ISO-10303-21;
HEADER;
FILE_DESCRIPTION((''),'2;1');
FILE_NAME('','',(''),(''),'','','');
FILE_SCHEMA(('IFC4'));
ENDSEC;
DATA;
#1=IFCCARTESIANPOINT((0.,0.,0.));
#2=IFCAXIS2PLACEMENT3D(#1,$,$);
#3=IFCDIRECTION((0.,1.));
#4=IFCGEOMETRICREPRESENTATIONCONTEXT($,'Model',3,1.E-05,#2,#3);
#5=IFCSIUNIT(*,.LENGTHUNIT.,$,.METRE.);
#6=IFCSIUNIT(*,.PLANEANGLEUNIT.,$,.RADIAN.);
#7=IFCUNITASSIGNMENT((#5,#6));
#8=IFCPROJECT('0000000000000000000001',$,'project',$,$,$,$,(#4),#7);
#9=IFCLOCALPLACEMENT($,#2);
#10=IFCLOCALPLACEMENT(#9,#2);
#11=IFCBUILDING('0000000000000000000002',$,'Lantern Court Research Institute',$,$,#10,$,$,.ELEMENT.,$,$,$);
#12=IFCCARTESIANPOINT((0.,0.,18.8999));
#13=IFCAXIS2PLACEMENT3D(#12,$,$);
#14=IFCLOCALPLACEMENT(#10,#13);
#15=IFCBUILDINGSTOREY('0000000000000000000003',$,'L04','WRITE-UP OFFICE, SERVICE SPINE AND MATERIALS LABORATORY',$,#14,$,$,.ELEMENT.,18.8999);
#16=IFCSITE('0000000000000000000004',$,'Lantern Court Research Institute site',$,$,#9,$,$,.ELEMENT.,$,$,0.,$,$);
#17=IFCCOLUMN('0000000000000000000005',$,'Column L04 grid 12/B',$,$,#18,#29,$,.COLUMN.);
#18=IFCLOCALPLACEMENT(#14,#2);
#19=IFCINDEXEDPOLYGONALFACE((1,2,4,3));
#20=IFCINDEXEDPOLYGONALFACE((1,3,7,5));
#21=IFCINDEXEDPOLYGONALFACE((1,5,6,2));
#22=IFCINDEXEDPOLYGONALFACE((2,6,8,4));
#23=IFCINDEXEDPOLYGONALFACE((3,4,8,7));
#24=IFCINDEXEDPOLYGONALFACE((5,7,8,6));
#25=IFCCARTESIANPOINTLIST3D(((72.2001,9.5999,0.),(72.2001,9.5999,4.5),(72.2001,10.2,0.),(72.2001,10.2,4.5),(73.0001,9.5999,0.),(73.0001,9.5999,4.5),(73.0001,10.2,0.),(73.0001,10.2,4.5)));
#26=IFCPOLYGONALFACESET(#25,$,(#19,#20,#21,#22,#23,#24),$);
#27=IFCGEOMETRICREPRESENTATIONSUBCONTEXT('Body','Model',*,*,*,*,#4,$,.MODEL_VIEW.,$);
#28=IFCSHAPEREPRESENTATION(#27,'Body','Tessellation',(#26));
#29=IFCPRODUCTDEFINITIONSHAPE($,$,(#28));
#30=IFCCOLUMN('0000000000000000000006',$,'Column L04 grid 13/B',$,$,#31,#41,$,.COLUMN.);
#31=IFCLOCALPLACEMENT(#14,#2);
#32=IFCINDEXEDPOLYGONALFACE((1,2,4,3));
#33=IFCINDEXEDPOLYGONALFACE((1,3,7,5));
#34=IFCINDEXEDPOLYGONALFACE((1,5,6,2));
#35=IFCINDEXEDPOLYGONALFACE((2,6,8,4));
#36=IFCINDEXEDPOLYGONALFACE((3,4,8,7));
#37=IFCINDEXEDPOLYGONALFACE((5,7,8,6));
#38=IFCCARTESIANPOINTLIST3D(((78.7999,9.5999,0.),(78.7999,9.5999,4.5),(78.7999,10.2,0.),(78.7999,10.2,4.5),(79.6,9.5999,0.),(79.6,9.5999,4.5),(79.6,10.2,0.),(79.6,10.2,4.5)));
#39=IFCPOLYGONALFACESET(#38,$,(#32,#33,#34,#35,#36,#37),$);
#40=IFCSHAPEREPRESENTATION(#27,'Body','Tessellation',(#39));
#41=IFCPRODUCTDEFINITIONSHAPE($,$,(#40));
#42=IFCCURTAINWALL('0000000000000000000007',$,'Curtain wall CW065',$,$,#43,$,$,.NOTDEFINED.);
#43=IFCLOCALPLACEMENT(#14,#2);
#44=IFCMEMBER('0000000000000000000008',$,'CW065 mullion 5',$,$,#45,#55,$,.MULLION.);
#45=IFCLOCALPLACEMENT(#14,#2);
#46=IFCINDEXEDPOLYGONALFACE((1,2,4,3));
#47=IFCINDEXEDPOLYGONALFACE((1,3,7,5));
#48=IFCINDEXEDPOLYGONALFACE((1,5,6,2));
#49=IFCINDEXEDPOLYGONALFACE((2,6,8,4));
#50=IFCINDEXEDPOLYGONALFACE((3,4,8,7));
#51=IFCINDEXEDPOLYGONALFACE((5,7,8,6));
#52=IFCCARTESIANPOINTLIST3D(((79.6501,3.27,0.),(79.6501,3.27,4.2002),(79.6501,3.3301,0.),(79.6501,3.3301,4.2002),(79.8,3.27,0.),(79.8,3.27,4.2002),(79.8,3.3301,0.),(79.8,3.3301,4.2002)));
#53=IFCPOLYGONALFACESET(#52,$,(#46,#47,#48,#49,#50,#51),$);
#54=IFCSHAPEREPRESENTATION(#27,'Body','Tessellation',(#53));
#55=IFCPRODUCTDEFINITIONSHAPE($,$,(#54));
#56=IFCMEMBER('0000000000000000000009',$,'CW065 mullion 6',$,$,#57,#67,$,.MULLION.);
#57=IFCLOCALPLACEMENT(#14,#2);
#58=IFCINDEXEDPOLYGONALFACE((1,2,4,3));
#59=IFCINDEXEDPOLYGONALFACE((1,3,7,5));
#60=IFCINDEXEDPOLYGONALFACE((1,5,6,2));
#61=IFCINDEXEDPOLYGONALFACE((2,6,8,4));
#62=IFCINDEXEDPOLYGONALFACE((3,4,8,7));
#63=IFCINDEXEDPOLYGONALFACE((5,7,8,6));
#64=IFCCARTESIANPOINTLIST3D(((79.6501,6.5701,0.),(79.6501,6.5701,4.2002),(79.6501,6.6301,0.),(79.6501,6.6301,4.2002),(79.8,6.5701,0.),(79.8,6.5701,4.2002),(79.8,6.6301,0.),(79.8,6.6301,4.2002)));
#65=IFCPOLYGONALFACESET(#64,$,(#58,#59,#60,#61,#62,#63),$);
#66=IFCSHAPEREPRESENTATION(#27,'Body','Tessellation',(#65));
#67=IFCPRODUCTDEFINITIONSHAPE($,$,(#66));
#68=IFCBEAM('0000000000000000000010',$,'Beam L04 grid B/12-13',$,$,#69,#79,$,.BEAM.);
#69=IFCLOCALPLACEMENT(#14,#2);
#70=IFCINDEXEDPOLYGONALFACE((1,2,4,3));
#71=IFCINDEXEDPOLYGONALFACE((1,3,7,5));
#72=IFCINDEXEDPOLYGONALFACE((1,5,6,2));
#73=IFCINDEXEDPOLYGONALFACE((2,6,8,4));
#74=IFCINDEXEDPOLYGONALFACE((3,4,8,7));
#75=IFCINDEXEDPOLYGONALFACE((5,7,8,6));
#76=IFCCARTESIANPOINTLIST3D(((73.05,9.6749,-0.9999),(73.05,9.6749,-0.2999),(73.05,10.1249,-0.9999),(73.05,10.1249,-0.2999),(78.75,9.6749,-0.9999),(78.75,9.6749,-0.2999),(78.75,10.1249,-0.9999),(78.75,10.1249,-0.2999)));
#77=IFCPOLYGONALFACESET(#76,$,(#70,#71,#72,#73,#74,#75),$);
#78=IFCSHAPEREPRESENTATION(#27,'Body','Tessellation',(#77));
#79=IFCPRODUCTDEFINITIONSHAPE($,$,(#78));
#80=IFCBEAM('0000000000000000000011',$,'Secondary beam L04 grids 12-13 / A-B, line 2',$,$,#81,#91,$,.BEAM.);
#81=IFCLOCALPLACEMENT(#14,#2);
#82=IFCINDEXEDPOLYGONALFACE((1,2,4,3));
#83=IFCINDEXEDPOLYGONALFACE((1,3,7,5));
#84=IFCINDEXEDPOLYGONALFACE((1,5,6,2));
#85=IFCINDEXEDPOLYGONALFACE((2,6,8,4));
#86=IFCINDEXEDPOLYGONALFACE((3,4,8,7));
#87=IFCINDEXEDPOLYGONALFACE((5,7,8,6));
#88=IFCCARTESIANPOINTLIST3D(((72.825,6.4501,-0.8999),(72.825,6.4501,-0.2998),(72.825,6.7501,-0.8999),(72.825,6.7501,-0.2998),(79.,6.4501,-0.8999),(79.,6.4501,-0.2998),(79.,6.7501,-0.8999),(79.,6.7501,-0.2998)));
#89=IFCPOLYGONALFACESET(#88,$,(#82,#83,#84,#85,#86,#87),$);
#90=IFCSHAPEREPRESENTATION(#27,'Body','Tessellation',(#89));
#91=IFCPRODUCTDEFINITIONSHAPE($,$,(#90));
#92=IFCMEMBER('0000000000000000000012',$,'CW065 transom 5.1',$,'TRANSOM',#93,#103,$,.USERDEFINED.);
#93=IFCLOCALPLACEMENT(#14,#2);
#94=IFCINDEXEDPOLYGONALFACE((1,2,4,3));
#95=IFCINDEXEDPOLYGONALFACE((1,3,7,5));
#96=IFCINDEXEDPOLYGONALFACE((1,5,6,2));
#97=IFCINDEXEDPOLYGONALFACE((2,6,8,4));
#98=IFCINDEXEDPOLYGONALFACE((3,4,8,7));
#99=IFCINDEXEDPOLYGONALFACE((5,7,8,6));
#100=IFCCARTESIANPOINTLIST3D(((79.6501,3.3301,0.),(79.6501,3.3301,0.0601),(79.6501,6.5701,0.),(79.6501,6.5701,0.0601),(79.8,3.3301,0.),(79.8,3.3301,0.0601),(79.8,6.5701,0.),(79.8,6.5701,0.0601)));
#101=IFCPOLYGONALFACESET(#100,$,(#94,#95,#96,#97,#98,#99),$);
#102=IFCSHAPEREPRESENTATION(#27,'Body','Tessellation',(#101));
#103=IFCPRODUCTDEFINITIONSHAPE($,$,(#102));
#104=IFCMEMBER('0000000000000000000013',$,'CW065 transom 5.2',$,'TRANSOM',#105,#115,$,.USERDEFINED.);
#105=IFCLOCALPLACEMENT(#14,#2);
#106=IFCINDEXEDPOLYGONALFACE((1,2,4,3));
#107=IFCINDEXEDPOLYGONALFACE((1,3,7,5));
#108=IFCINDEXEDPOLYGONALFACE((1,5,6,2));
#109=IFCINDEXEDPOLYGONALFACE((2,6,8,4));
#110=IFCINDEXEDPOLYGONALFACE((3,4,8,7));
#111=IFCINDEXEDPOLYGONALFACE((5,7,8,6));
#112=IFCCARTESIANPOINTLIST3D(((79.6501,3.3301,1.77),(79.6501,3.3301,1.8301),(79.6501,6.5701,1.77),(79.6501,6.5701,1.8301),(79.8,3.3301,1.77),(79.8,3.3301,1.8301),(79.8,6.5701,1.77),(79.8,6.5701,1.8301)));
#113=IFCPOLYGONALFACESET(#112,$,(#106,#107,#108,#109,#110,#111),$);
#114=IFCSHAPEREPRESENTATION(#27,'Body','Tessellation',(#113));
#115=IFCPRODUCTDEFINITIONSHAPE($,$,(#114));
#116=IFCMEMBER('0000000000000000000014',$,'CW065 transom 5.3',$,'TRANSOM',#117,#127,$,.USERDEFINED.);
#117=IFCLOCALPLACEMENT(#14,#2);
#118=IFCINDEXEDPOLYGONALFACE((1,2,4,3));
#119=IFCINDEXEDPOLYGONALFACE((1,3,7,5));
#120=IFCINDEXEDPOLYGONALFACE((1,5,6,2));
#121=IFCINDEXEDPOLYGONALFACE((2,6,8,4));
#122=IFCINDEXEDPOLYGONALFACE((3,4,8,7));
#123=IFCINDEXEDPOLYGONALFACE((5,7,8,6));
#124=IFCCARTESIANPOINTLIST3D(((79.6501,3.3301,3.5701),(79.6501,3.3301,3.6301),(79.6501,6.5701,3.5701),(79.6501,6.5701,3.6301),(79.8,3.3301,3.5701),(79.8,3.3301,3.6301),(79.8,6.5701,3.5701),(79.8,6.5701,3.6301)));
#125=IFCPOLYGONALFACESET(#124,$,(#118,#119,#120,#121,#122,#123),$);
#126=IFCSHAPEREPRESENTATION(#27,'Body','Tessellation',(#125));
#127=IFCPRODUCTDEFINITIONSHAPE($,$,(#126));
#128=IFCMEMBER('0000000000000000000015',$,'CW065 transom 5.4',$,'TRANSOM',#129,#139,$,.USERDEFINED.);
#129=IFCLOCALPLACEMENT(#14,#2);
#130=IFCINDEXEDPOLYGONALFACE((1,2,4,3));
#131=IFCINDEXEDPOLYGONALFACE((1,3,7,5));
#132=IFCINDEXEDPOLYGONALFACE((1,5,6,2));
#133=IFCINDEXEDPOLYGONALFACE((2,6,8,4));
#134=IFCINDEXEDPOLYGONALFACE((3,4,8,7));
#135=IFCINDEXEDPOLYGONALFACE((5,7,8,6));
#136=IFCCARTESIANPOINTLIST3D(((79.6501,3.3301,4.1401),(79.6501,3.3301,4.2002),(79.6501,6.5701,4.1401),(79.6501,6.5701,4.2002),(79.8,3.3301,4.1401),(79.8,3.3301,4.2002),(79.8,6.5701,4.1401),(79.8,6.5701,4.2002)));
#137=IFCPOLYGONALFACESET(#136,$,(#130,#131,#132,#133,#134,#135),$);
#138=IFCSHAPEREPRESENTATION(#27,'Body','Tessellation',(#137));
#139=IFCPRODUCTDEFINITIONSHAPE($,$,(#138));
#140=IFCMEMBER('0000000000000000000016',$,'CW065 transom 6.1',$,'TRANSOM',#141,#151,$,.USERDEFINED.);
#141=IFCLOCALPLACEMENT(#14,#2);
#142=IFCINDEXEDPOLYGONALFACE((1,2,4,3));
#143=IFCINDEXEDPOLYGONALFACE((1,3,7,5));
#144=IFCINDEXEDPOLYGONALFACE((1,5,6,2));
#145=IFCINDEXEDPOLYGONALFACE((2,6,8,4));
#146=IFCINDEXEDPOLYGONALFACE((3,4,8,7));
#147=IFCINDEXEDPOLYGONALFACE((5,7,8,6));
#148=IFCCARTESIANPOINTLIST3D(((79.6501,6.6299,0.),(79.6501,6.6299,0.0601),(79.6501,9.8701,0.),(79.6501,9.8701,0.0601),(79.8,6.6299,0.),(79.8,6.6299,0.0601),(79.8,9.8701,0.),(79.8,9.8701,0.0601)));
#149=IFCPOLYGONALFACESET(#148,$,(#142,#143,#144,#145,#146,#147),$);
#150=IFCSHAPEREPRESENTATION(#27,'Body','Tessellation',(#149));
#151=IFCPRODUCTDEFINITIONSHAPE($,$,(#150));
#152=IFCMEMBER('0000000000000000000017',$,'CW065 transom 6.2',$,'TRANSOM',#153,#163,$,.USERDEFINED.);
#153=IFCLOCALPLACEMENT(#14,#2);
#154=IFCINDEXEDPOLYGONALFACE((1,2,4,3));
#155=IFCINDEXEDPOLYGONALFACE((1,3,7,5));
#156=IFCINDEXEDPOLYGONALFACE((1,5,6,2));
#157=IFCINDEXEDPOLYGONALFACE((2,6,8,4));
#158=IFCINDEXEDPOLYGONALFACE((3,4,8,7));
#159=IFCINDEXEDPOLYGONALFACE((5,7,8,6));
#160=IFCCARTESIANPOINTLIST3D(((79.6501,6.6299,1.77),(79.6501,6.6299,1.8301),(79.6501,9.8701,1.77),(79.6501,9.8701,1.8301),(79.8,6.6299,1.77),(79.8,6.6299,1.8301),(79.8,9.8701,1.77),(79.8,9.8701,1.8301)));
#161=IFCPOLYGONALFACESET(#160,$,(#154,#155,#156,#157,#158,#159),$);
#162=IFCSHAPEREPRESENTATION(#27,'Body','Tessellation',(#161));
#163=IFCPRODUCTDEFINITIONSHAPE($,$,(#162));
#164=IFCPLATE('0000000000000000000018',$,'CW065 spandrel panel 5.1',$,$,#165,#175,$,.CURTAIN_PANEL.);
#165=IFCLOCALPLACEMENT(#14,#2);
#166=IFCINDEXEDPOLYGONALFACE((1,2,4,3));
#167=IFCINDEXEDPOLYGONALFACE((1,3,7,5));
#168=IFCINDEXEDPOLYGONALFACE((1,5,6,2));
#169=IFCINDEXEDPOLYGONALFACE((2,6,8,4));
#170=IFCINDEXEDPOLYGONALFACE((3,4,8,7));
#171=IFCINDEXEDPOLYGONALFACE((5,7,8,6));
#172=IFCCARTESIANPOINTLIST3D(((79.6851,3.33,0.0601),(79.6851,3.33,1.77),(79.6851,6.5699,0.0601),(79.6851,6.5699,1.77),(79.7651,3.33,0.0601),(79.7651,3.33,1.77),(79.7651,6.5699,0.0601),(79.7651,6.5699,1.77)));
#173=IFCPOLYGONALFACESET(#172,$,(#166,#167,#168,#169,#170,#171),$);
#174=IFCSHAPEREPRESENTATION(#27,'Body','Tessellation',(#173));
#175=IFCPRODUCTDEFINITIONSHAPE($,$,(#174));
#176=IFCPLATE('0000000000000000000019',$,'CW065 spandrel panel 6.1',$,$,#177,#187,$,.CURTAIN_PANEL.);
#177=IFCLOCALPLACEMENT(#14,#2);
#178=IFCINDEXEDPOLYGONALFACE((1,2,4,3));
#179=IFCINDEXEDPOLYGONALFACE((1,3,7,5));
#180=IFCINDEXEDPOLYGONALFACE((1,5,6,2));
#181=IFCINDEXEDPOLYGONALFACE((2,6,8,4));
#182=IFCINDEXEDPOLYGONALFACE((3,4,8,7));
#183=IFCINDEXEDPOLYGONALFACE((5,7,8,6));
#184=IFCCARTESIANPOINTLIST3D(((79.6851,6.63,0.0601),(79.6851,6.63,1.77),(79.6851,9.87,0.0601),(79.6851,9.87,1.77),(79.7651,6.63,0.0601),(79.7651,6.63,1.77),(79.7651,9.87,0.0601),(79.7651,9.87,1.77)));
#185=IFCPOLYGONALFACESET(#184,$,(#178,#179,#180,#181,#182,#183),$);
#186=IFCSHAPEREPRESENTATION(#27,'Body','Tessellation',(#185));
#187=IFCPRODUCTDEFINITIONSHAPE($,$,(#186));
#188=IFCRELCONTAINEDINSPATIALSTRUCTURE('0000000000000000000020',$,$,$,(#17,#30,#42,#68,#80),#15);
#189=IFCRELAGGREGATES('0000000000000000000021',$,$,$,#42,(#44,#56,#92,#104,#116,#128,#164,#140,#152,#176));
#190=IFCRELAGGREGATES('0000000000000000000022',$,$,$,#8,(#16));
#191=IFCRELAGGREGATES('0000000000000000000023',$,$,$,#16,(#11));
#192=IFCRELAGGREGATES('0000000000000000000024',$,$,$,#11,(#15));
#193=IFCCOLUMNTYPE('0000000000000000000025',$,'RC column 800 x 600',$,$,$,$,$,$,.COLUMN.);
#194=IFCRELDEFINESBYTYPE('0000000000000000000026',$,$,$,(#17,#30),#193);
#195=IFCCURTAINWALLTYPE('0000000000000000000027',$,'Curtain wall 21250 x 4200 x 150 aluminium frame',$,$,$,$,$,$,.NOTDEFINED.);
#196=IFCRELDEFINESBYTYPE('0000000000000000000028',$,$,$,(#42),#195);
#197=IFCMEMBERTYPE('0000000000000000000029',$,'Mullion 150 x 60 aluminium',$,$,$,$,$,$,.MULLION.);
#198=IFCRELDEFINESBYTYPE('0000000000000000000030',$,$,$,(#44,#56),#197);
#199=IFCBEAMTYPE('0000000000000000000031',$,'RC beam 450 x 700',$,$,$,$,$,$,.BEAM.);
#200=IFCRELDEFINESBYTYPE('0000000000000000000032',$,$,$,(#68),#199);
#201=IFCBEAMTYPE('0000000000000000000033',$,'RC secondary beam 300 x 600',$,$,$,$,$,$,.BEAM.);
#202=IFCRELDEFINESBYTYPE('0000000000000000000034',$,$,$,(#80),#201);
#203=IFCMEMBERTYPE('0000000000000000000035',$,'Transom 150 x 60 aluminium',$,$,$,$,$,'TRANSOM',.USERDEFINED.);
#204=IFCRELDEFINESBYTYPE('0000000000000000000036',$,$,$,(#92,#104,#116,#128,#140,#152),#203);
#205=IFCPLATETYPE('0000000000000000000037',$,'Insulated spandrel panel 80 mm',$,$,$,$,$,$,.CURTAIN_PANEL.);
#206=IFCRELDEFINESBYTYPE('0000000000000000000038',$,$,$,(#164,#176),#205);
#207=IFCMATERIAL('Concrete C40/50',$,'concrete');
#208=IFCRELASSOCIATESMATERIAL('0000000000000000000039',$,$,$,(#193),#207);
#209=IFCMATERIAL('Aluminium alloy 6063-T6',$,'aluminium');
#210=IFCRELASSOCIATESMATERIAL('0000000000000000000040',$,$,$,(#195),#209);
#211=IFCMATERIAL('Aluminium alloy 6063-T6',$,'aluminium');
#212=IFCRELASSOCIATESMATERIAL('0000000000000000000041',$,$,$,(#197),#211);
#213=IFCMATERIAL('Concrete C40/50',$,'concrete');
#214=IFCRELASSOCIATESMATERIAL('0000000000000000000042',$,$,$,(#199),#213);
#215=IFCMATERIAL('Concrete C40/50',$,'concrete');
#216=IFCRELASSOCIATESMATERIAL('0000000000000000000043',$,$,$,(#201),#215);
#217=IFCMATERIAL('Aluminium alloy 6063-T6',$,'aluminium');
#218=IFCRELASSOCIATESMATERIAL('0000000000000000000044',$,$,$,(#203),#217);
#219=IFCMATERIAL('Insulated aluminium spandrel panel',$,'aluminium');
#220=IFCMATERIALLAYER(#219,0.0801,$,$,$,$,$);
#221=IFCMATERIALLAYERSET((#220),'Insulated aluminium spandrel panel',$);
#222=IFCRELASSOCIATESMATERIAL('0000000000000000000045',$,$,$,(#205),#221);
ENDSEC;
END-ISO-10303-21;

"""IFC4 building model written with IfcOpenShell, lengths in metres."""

from ifc_helpers import new_model, si_unit, direction, frame, origin, origin_2d, place, context, subcontext, project, spatial, rectangle, extrude, material, layer, layer_set, material_profile, profile_set, type_object, element, aggregate, save


model = new_model("IFC4")

# Units and contexts
model_context = context("Model", 3, precision=1e-05, world=origin(), true_north=direction((0.0, 1.0)))
body_context = subcontext(model_context, "Body", "Model", "MODEL_VIEW")
ifc_project = project(units=[si_unit("LENGTHUNIT", "METRE"), si_unit("PLANEANGLEUNIT", "RADIAN")], contexts=[model_context])

# Site, building, storey
site_placement = place(None, origin())
site = spatial("IfcSite", under=ifc_project, at=site_placement, Name="Lantern Court Research Institute site", CompositionType="ELEMENT", RefElevation=0.0)
building_placement = place(site_placement, origin())
building = spatial("IfcBuilding", under=site, at=building_placement, Name="Lantern Court Research Institute", CompositionType="ELEMENT")
storey_placement = place(building_placement, frame((0.0, 0.0, 18.8999)))
storey = spatial("IfcBuildingStorey", under=building, at=storey_placement, Name="L04", Description="WRITE-UP OFFICE, SERVICE SPINE AND MATERIALS LABORATORY", CompositionType="ELEMENT", Elevation=18.8999)

# Columns
ifc_material_1 = material(Name="Concrete C40/50", Category="concrete")
ifc_material_profile_1 = material_profile(ifc_material_1, rectangle(XDim=0.8, YDim=0.6001, at=origin_2d()), Name="RC column 800 x 600")
ifc_profile_set_1 = profile_set([ifc_material_profile_1], Name="Concrete C40/50")
column_type = type_object("IfcColumnType", Name="RC column 800 x 600", PredefinedType="COLUMN", material=ifc_profile_set_1)
for number, where, z_axis, x_axis, name in (
    (1, (72.6001, 9.8999, 0.0), (0.0, 0.0, 1.0), (1.0, 0.0, 0.0), "Column L04 grid 12/B"),
    (2, (79.2, 9.8999, 0.0), (0.0, 0.0, 1.0), (1.0, 0.0, 0.0), "Column L04 grid 13/B"),
):
    element("IfcColumn", number, at=place(storey_placement, frame(where, z_axis=z_axis, x_axis=x_axis)), inside=storey, type_object=column_type, Name=name, PredefinedType="COLUMN", context=body_context, shape_type="SweptSolid", body=[
        extrude(rectangle(XDim=0.8, YDim=0.6001, at=origin_2d()), origin(), (0.0, 0.0, 1.0), 4.5),
    ])

# Curtain wall, members
ifc_material_2 = material(Name="Aluminium alloy 6063-T6", Category="aluminium")
curtain_wall_type = type_object("IfcCurtainWallType", Name="Curtain wall 21250 x 4200 x 150 aluminium frame", PredefinedType="NOTDEFINED", material=ifc_material_2)
curtain_wall_placement = place(storey_placement, origin())
curtain_wall = element("IfcCurtainWall", 3, at=curtain_wall_placement, inside=storey, type_object=curtain_wall_type, Name="Curtain wall CW065", PredefinedType="NOTDEFINED")
ifc_material_3 = material(Name="Aluminium alloy 6063-T6", Category="aluminium")
ifc_material_profile_2 = material_profile(ifc_material_3, rectangle(XDim=0.1499, YDim=0.0601, at=origin_2d()), Name="Mullion 150 x 60")
ifc_profile_set_2 = profile_set([ifc_material_profile_2], Name="Aluminium alloy 6063-T6")
member_type_1 = type_object("IfcMemberType", Name="Mullion 150 x 60 aluminium", PredefinedType="MULLION", material=ifc_profile_set_2)
member_1_placement = place(storey_placement, frame((79.7251, 3.3, 0.0), z_axis=(0.0, 0.0, 1.0), x_axis=(1.0, 0.0, 0.0)))
member_1 = element("IfcMember", 4, at=member_1_placement, type_object=member_type_1, Name="CW065 mullion 5", PredefinedType="MULLION", context=body_context, shape_type="SweptSolid", body=[
    extrude(rectangle(XDim=0.1499, YDim=0.0601, at=origin_2d()), origin(), (0.0, 0.0, 1.0), 4.2002),
])
member_2_placement = place(storey_placement, frame((79.7251, 6.6001, 0.0), z_axis=(0.0, 0.0, 1.0), x_axis=(1.0, 0.0, 0.0)))
member_2 = element("IfcMember", 5, at=member_2_placement, type_object=member_type_1, Name="CW065 mullion 6", PredefinedType="MULLION", context=body_context, shape_type="SweptSolid", body=[
    extrude(rectangle(XDim=0.1499, YDim=0.0601, at=origin_2d()), origin(), (0.0, 0.0, 1.0), 4.2002),
])

# Beams
ifc_material_4 = material(Name="Concrete C40/50", Category="concrete")
ifc_material_profile_3 = material_profile(ifc_material_4, rectangle(XDim=0.45, YDim=0.7, at=origin_2d()), Name="RC beam 450 x 700")
ifc_profile_set_3 = profile_set([ifc_material_profile_3], Name="Concrete C40/50")
beam_type_1 = type_object("IfcBeamType", Name="RC beam 450 x 700", PredefinedType="BEAM", material=ifc_profile_set_3)
beam_1_placement = place(storey_placement, frame((73.05, 9.8999, -0.6499), z_axis=(1.0, 0.0, 0.0), x_axis=(0.0, 1.0, 0.0)))
element("IfcBeam", 6, at=beam_1_placement, inside=storey, type_object=beam_type_1, Name="Beam L04 grid B/12-13", PredefinedType="BEAM", context=body_context, shape_type="SweptSolid", body=[
    extrude(rectangle(XDim=0.45, YDim=0.7, at=origin_2d()), origin(), (0.0, 0.0, 1.0), 5.7),
])
ifc_material_5 = material(Name="Concrete C40/50", Category="concrete")
ifc_material_profile_4 = material_profile(ifc_material_5, rectangle(XDim=0.3, YDim=0.6001, at=origin_2d()), Name="RC beam 300 x 600")
ifc_profile_set_4 = profile_set([ifc_material_profile_4], Name="Concrete C40/50")
beam_type_2 = type_object("IfcBeamType", Name="RC secondary beam 300 x 600", PredefinedType="BEAM", material=ifc_profile_set_4)
beam_2_placement = place(storey_placement, frame((72.825, 6.6001, -0.5999), z_axis=(1.0, 0.0, 0.0), x_axis=(0.0, 1.0, 0.0)))
element("IfcBeam", 7, at=beam_2_placement, inside=storey, type_object=beam_type_2, Name="Secondary beam L04 grids 12-13 / A-B, line 2", PredefinedType="BEAM", context=body_context, shape_type="SweptSolid", body=[
    extrude(rectangle(XDim=0.3, YDim=0.6001, at=origin_2d()), origin(), (0.0, 0.0, 1.0), 6.175),
])

# Members
ifc_material_6 = material(Name="Aluminium alloy 6063-T6", Category="aluminium")
ifc_material_profile_5 = material_profile(ifc_material_6, rectangle(XDim=0.1499, YDim=0.0601, at=origin_2d()), Name="Transom 150 x 60")
ifc_profile_set_5 = profile_set([ifc_material_profile_5], Name="Aluminium alloy 6063-T6")
member_type_2 = type_object("IfcMemberType", Name="Transom 150 x 60 aluminium", ElementType="TRANSOM", PredefinedType="USERDEFINED", material=ifc_profile_set_5)
member_3_placement = place(storey_placement, frame((79.7251, 6.5701, 0.03), z_axis=(0.0, -1.0, 0.0), x_axis=(1.0, 0.0, 0.0)))
member_3 = element("IfcMember", 8, at=member_3_placement, type_object=member_type_2, Name="CW065 transom 5.1", ObjectType="TRANSOM", PredefinedType="USERDEFINED", context=body_context, shape_type="SweptSolid", body=[
    extrude(rectangle(XDim=0.1499, YDim=0.0601, at=origin_2d()), origin(), (0.0, 0.0, 1.0), 3.24),
])
member_4_placement = place(storey_placement, frame((79.7251, 6.5701, 1.8), z_axis=(0.0, -1.0, 0.0), x_axis=(1.0, 0.0, 0.0)))
member_4 = element("IfcMember", 9, at=member_4_placement, type_object=member_type_2, Name="CW065 transom 5.2", ObjectType="TRANSOM", PredefinedType="USERDEFINED", context=body_context, shape_type="SweptSolid", body=[
    extrude(rectangle(XDim=0.1499, YDim=0.0601, at=origin_2d()), origin(), (0.0, 0.0, 1.0), 3.24),
])
member_5_placement = place(storey_placement, frame((79.7251, 6.5701, 3.6001), z_axis=(0.0, -1.0, 0.0), x_axis=(1.0, 0.0, 0.0)))
member_5 = element("IfcMember", 10, at=member_5_placement, type_object=member_type_2, Name="CW065 transom 5.3", ObjectType="TRANSOM", PredefinedType="USERDEFINED", context=body_context, shape_type="SweptSolid", body=[
    extrude(rectangle(XDim=0.1499, YDim=0.0601, at=origin_2d()), origin(), (0.0, 0.0, 1.0), 3.24),
])
member_6_placement = place(storey_placement, frame((79.7251, 6.5701, 4.1702), z_axis=(0.0, -1.0, 0.0), x_axis=(1.0, 0.0, 0.0)))
member_6 = element("IfcMember", 11, at=member_6_placement, type_object=member_type_2, Name="CW065 transom 5.4", ObjectType="TRANSOM", PredefinedType="USERDEFINED", context=body_context, shape_type="SweptSolid", body=[
    extrude(rectangle(XDim=0.1499, YDim=0.0601, at=origin_2d()), origin(), (0.0, 0.0, 1.0), 3.24),
])
member_7_placement = place(storey_placement, frame((79.7251, 9.8701, 0.03), z_axis=(0.0, -1.0, 0.0), x_axis=(1.0, 0.0, 0.0)))
member_7 = element("IfcMember", 12, at=member_7_placement, type_object=member_type_2, Name="CW065 transom 6.1", ObjectType="TRANSOM", PredefinedType="USERDEFINED", context=body_context, shape_type="SweptSolid", body=[
    extrude(rectangle(XDim=0.1499, YDim=0.0601, at=origin_2d()), origin(), (0.0, 0.0, 1.0), 3.2402),
])
member_8_placement = place(storey_placement, frame((79.7251, 9.8701, 1.8), z_axis=(0.0, -1.0, 0.0), x_axis=(1.0, 0.0, 0.0)))
member_8 = element("IfcMember", 13, at=member_8_placement, type_object=member_type_2, Name="CW065 transom 6.2", ObjectType="TRANSOM", PredefinedType="USERDEFINED", context=body_context, shape_type="SweptSolid", body=[
    extrude(rectangle(XDim=0.1499, YDim=0.0601, at=origin_2d()), origin(), (0.0, 0.0, 1.0), 3.2402),
])

# Plates
ifc_material_7 = material(Name="Insulated aluminium spandrel panel", Category="aluminium")
ifc_layer_1 = layer(ifc_material_7, 0.0801)
ifc_layer_set_1 = layer_set([ifc_layer_1], Name="Insulated aluminium spandrel panel")
plate_type_1 = type_object("IfcPlateType", Name="Insulated spandrel panel 80 mm", PredefinedType="CURTAIN_PANEL", material=ifc_layer_set_1)
plate_1_placement = place(storey_placement, frame((79.7251, 4.95, 0.0601), z_axis=(0.0, 0.0, 1.0), x_axis=(0.0, -1.0, 0.0)))
plate_1 = element("IfcPlate", 14, at=plate_1_placement, type_object=plate_type_1, Name="CW065 spandrel panel 5.1", PredefinedType="CURTAIN_PANEL", context=body_context, shape_type="SweptSolid", body=[
    extrude(rectangle(XDim=3.24, YDim=0.0801, at=origin_2d()), origin(), (0.0, 0.0, 1.0), 1.71),
])
plate_2_placement = place(storey_placement, frame((79.7251, 8.25, 0.0601), z_axis=(0.0, 0.0, 1.0), x_axis=(0.0, -1.0, 0.0)))
plate_2 = element("IfcPlate", 15, at=plate_2_placement, type_object=plate_type_1, Name="CW065 spandrel panel 6.1", PredefinedType="CURTAIN_PANEL", context=body_context, shape_type="SweptSolid", body=[
    extrude(rectangle(XDim=3.24, YDim=0.0801, at=origin_2d()), origin(), (0.0, 0.0, 1.0), 1.71),
])
aggregate(curtain_wall, [member_1, member_2, member_3, member_4, member_5, member_6, plate_1, member_7, member_8, plate_2])

save(model, "model.ifc")
